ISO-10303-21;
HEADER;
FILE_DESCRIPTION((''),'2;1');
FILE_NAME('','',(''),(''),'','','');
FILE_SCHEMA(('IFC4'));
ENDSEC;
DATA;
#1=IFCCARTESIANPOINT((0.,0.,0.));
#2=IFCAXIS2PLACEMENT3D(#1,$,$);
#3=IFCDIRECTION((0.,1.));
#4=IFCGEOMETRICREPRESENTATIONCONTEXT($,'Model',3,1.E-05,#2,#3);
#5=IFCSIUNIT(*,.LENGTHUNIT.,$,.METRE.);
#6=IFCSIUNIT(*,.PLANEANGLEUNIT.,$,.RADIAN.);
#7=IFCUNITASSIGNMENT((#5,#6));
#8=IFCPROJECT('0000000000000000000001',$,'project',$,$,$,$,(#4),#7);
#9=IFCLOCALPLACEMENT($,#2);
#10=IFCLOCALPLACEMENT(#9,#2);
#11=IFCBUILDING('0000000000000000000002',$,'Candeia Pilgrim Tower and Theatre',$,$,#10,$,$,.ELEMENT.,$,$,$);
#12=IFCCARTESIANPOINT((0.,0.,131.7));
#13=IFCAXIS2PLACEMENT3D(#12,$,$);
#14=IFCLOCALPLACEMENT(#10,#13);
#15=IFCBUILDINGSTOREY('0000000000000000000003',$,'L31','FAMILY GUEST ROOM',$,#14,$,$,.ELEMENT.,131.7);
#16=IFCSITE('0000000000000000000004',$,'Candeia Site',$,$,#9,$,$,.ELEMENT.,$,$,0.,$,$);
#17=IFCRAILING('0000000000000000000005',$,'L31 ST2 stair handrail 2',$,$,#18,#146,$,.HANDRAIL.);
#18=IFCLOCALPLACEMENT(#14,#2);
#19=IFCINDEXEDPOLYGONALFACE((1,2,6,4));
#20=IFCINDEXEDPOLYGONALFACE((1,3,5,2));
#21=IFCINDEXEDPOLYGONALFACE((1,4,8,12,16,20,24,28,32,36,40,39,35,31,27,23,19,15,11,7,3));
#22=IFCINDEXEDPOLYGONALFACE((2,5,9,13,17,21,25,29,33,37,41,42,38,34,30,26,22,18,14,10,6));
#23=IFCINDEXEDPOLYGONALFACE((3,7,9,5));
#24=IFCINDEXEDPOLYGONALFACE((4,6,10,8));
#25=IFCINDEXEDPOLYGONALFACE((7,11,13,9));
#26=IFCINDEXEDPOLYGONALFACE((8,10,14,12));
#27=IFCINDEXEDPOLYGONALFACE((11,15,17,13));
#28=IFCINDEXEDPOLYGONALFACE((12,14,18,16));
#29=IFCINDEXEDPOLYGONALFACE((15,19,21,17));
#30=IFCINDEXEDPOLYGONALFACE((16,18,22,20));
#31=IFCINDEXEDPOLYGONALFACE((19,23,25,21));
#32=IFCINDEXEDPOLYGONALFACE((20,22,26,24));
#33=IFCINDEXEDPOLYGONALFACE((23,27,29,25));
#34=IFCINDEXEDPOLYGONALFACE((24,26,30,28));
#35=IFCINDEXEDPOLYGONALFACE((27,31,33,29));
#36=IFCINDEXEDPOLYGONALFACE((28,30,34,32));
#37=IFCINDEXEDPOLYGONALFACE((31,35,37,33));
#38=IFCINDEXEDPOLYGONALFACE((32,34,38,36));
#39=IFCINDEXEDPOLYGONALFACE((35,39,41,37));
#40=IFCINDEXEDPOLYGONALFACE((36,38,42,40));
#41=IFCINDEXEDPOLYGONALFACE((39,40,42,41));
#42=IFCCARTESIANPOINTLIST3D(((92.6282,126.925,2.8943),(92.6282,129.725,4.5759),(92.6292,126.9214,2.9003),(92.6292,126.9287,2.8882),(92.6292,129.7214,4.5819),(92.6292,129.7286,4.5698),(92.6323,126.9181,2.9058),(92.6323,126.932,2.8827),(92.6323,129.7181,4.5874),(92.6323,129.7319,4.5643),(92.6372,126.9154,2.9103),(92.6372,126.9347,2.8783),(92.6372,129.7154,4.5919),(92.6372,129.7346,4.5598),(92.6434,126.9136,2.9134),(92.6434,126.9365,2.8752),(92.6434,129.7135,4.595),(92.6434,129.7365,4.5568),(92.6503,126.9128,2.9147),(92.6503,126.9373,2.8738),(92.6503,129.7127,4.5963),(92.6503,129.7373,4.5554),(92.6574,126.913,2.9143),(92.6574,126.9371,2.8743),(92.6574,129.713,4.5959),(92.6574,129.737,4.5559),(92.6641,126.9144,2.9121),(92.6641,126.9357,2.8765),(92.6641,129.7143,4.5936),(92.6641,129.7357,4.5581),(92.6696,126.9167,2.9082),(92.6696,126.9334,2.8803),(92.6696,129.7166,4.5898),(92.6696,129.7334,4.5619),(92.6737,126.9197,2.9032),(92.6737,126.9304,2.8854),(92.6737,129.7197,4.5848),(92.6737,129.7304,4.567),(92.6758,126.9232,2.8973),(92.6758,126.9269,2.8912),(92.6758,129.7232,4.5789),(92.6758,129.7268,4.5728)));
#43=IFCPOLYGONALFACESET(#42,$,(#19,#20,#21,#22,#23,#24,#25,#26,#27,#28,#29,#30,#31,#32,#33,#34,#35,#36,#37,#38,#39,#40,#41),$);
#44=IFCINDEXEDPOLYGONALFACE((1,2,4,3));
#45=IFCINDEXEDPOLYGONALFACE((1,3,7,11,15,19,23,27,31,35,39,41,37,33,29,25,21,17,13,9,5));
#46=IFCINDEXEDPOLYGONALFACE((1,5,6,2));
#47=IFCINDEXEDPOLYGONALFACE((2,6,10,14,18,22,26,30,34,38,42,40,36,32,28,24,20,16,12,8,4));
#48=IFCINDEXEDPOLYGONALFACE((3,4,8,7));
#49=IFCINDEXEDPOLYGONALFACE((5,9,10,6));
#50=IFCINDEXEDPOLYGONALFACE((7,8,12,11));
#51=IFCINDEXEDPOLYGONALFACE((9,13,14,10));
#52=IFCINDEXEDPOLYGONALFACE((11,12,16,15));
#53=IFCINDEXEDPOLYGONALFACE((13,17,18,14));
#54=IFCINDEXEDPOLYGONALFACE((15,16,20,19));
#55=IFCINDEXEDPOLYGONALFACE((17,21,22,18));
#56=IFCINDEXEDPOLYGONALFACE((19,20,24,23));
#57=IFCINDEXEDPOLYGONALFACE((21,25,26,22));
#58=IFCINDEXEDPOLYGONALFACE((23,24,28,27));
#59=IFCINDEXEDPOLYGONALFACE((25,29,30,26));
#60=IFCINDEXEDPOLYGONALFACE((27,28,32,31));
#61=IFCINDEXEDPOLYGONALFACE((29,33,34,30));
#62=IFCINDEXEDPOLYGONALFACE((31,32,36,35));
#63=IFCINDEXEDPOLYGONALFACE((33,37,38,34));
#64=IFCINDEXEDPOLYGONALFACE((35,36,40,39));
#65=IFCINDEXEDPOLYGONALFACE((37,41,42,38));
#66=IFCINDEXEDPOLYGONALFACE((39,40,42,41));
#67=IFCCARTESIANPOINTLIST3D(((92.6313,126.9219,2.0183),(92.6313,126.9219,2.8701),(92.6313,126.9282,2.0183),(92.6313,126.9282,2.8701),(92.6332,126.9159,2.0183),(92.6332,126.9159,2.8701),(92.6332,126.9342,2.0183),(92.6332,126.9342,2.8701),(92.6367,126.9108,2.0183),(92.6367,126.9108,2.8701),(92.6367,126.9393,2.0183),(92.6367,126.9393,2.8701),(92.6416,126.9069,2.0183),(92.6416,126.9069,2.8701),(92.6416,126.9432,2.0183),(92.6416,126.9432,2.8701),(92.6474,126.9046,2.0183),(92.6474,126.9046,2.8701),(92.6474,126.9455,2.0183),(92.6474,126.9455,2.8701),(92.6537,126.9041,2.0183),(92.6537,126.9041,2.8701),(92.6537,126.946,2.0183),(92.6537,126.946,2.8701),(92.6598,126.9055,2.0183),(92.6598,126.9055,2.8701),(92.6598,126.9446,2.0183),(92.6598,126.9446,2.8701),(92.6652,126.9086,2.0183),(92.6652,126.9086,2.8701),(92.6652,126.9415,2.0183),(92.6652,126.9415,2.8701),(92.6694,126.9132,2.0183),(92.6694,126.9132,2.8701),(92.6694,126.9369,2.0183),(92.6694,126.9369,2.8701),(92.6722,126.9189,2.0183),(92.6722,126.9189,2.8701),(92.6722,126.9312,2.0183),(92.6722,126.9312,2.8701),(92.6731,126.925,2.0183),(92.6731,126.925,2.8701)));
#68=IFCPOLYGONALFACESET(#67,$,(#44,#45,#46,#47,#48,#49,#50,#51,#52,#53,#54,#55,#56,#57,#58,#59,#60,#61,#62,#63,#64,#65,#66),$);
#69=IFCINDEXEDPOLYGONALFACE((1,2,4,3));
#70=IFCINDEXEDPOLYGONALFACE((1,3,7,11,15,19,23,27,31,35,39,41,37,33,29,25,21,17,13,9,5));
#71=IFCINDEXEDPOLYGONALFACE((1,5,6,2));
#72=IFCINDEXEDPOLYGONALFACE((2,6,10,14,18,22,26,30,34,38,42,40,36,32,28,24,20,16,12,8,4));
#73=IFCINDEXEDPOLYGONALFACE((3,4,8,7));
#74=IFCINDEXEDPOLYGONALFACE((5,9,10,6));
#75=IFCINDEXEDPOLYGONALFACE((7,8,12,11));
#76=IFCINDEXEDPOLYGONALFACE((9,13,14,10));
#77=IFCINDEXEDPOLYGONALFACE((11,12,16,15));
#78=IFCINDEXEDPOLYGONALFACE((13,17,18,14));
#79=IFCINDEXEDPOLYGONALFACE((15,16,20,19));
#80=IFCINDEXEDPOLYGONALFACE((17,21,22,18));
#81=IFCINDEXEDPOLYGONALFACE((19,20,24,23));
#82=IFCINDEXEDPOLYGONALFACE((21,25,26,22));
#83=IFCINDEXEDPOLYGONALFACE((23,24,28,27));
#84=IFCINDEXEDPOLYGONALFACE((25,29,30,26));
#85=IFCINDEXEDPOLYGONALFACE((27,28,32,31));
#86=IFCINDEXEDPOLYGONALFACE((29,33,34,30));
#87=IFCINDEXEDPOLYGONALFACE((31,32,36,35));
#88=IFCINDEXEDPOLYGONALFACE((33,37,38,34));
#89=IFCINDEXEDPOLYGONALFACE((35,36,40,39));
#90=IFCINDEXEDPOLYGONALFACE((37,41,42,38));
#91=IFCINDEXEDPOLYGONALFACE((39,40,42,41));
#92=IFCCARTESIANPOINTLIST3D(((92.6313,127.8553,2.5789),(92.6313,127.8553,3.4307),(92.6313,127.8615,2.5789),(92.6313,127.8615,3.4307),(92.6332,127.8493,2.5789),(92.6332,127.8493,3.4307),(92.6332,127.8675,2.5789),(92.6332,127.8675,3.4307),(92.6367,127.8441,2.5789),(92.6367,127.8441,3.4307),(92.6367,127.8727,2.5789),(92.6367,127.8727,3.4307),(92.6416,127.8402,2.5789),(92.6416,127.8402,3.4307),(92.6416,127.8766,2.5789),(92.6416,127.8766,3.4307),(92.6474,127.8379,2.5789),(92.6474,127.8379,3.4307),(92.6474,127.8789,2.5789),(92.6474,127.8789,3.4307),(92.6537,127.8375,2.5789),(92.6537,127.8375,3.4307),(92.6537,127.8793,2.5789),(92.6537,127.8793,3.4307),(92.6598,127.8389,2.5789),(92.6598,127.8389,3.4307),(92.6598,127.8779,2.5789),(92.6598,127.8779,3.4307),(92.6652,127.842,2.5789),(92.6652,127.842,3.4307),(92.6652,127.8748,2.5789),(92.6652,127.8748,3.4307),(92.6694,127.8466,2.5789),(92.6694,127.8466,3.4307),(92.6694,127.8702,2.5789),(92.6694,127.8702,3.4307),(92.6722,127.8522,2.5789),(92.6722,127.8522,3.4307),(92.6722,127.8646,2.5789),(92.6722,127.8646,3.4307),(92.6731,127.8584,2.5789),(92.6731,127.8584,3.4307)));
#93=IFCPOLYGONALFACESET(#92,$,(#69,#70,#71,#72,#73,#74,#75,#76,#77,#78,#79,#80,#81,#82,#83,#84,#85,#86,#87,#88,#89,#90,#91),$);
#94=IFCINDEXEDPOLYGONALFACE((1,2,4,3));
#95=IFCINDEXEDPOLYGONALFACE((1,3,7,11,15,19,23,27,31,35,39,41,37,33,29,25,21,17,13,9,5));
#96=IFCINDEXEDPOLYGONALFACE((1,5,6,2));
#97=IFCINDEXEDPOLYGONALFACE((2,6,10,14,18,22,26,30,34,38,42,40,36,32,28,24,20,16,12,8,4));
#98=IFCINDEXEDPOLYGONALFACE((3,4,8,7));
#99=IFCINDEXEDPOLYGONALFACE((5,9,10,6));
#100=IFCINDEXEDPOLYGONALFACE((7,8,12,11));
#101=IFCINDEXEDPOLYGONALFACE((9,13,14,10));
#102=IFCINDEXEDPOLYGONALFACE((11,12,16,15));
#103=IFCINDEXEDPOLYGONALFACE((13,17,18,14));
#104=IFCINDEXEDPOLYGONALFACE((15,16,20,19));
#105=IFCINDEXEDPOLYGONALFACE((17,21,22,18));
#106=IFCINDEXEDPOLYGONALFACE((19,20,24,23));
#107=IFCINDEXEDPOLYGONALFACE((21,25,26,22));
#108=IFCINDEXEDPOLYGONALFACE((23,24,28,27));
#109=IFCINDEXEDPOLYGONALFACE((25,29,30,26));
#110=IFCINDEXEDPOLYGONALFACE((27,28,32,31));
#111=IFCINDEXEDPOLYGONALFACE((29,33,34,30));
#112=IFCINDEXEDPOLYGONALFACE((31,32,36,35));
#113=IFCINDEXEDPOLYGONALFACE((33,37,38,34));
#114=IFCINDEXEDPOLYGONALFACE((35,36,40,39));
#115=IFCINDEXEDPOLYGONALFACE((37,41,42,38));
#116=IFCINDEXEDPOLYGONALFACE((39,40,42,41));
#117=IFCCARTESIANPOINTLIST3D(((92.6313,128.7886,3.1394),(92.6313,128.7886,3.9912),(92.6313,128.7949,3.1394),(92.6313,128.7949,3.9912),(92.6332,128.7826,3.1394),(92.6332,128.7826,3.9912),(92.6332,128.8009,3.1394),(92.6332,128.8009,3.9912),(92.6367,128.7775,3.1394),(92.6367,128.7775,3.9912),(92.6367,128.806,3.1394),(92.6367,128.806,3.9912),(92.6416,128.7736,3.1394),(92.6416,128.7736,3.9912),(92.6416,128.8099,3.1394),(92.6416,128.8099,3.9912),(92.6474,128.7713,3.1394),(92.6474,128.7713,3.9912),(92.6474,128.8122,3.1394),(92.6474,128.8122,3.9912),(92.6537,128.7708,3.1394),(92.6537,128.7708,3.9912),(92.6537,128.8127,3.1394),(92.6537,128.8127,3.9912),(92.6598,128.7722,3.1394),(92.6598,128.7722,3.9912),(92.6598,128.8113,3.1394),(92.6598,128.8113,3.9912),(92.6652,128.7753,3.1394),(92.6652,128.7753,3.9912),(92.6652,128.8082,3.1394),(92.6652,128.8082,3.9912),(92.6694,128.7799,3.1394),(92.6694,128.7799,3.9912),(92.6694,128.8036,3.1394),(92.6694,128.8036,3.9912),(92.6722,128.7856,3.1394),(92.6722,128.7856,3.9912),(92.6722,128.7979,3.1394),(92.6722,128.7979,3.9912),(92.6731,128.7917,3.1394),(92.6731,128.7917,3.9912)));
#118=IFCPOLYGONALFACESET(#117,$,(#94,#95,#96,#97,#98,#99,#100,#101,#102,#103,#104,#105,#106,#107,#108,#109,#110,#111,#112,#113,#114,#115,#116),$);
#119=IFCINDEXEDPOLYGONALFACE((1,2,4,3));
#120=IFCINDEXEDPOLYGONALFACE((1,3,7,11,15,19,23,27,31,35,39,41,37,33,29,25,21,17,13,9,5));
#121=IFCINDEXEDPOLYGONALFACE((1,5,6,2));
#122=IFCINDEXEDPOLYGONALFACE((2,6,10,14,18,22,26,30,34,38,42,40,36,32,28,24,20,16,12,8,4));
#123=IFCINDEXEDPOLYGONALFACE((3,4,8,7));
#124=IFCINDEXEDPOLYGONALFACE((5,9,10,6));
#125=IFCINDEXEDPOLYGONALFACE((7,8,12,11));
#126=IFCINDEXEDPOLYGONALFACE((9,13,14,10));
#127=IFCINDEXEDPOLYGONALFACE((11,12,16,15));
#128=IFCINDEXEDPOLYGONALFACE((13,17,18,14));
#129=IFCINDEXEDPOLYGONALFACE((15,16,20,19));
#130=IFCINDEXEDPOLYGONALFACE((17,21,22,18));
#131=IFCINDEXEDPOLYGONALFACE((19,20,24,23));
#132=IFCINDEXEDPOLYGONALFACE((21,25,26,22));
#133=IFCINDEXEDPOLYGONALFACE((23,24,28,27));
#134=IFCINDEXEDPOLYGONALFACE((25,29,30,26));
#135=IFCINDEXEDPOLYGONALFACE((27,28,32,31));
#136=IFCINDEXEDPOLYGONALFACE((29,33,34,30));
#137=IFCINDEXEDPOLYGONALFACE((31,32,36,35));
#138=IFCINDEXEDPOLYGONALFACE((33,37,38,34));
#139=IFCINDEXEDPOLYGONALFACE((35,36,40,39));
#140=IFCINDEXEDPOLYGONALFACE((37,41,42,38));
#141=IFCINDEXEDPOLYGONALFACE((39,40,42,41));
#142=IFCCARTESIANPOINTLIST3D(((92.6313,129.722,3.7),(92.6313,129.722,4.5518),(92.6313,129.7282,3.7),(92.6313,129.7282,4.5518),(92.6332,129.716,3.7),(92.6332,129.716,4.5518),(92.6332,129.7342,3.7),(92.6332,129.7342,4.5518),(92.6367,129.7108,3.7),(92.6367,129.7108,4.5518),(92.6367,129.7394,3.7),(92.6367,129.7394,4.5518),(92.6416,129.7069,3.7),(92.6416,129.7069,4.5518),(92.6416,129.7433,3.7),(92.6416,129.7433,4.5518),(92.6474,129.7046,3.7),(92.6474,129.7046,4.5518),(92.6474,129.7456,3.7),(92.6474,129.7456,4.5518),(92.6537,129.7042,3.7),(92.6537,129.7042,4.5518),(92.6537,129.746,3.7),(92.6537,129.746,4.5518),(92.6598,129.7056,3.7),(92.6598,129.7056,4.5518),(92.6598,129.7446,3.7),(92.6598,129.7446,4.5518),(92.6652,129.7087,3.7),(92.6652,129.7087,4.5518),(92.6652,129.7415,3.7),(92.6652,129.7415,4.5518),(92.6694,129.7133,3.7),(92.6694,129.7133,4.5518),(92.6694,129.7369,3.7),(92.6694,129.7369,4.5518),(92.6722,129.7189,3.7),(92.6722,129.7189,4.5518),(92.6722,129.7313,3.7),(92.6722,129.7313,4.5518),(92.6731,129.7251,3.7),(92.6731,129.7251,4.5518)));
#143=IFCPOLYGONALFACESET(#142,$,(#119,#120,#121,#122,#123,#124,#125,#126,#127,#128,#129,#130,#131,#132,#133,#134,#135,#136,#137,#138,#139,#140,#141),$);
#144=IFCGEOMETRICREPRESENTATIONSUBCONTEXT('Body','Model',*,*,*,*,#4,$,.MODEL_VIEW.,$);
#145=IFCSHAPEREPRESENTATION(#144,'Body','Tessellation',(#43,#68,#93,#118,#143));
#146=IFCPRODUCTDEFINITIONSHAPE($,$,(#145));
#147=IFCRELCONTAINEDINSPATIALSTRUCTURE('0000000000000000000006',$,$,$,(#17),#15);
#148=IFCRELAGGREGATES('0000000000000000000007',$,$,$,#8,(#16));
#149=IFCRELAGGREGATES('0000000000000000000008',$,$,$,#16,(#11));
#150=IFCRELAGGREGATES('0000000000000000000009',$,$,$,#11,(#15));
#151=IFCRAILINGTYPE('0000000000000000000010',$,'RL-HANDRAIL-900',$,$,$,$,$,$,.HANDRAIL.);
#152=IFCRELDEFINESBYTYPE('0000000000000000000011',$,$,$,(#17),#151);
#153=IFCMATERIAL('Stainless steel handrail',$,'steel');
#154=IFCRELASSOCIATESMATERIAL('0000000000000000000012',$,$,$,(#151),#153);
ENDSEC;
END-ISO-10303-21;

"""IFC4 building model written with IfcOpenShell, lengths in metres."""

from ifc_helpers import new_model, si_unit, direction, frame, origin, origin_2d, place, context, subcontext, project, spatial, circle, extrude, material, type_object, element, save


model = new_model("IFC4")

# Units and contexts
model_context = context("Model", 3, precision=1e-05, world=origin(), true_north=direction((0.0, 1.0)))
body_context = subcontext(model_context, "Body", "Model", "MODEL_VIEW")
ifc_project = project(units=[si_unit("LENGTHUNIT", "METRE"), si_unit("PLANEANGLEUNIT", "RADIAN")], contexts=[model_context])

# Site, building, storey
site_placement = place(None, origin())
site = spatial("IfcSite", under=ifc_project, at=site_placement, Name="Candeia Site", CompositionType="ELEMENT", RefElevation=0.0)
building_placement = place(site_placement, origin())
building = spatial("IfcBuilding", under=site, at=building_placement, Name="Candeia Pilgrim Tower and Theatre", CompositionType="ELEMENT")
storey_placement = place(building_placement, frame((0.0, 0.0, 131.7)))
storey = spatial("IfcBuildingStorey", under=building, at=storey_placement, Name="L31", Description="FAMILY GUEST ROOM", CompositionType="ELEMENT", Elevation=131.7)

# Railing
ifc_material_1 = material(Name="Stainless steel handrail", Category="steel")
railing_type = type_object("IfcRailingType", Name="RL-HANDRAIL-900", PredefinedType="HANDRAIL", material=ifc_material_1)
for number, where, name in (
    (1, (92.6521, 126.925, 2.0183), "L31 ST2 stair handrail 2"),
):
    element("IfcRailing", number, at=place(storey_placement, frame(where)), inside=storey, type_object=railing_type, Name=name, PredefinedType="HANDRAIL", context=body_context, shape_type="SweptSolid", body=[
        extrude(circle(Radius=0.0239, at=origin_2d()), frame((0.0, 0.0, 0.876), z_axis=(0.0, 0.857275, 0.514858), x_axis=(-1.0, 0.0, 0.0)), (0.0, 0.0, 1.0), 3.2661),
        extrude(circle(Radius=0.021, at=origin_2d()), origin(), (0.0, 0.0, 1.0), 0.8518),
        extrude(circle(Radius=0.021, at=origin_2d()), frame((0.0, 0.9333, 0.5605)), (0.0, 0.0, 1.0), 0.8518),
        extrude(circle(Radius=0.021, at=origin_2d()), frame((0.0, 1.8667, 1.1211)), (0.0, 0.0, 1.0), 0.8518),
        extrude(circle(Radius=0.021, at=origin_2d()), frame((0.0, 2.8, 1.6816)), (0.0, 0.0, 1.0), 0.8518),
    ])

save(model, "model.ifc")
